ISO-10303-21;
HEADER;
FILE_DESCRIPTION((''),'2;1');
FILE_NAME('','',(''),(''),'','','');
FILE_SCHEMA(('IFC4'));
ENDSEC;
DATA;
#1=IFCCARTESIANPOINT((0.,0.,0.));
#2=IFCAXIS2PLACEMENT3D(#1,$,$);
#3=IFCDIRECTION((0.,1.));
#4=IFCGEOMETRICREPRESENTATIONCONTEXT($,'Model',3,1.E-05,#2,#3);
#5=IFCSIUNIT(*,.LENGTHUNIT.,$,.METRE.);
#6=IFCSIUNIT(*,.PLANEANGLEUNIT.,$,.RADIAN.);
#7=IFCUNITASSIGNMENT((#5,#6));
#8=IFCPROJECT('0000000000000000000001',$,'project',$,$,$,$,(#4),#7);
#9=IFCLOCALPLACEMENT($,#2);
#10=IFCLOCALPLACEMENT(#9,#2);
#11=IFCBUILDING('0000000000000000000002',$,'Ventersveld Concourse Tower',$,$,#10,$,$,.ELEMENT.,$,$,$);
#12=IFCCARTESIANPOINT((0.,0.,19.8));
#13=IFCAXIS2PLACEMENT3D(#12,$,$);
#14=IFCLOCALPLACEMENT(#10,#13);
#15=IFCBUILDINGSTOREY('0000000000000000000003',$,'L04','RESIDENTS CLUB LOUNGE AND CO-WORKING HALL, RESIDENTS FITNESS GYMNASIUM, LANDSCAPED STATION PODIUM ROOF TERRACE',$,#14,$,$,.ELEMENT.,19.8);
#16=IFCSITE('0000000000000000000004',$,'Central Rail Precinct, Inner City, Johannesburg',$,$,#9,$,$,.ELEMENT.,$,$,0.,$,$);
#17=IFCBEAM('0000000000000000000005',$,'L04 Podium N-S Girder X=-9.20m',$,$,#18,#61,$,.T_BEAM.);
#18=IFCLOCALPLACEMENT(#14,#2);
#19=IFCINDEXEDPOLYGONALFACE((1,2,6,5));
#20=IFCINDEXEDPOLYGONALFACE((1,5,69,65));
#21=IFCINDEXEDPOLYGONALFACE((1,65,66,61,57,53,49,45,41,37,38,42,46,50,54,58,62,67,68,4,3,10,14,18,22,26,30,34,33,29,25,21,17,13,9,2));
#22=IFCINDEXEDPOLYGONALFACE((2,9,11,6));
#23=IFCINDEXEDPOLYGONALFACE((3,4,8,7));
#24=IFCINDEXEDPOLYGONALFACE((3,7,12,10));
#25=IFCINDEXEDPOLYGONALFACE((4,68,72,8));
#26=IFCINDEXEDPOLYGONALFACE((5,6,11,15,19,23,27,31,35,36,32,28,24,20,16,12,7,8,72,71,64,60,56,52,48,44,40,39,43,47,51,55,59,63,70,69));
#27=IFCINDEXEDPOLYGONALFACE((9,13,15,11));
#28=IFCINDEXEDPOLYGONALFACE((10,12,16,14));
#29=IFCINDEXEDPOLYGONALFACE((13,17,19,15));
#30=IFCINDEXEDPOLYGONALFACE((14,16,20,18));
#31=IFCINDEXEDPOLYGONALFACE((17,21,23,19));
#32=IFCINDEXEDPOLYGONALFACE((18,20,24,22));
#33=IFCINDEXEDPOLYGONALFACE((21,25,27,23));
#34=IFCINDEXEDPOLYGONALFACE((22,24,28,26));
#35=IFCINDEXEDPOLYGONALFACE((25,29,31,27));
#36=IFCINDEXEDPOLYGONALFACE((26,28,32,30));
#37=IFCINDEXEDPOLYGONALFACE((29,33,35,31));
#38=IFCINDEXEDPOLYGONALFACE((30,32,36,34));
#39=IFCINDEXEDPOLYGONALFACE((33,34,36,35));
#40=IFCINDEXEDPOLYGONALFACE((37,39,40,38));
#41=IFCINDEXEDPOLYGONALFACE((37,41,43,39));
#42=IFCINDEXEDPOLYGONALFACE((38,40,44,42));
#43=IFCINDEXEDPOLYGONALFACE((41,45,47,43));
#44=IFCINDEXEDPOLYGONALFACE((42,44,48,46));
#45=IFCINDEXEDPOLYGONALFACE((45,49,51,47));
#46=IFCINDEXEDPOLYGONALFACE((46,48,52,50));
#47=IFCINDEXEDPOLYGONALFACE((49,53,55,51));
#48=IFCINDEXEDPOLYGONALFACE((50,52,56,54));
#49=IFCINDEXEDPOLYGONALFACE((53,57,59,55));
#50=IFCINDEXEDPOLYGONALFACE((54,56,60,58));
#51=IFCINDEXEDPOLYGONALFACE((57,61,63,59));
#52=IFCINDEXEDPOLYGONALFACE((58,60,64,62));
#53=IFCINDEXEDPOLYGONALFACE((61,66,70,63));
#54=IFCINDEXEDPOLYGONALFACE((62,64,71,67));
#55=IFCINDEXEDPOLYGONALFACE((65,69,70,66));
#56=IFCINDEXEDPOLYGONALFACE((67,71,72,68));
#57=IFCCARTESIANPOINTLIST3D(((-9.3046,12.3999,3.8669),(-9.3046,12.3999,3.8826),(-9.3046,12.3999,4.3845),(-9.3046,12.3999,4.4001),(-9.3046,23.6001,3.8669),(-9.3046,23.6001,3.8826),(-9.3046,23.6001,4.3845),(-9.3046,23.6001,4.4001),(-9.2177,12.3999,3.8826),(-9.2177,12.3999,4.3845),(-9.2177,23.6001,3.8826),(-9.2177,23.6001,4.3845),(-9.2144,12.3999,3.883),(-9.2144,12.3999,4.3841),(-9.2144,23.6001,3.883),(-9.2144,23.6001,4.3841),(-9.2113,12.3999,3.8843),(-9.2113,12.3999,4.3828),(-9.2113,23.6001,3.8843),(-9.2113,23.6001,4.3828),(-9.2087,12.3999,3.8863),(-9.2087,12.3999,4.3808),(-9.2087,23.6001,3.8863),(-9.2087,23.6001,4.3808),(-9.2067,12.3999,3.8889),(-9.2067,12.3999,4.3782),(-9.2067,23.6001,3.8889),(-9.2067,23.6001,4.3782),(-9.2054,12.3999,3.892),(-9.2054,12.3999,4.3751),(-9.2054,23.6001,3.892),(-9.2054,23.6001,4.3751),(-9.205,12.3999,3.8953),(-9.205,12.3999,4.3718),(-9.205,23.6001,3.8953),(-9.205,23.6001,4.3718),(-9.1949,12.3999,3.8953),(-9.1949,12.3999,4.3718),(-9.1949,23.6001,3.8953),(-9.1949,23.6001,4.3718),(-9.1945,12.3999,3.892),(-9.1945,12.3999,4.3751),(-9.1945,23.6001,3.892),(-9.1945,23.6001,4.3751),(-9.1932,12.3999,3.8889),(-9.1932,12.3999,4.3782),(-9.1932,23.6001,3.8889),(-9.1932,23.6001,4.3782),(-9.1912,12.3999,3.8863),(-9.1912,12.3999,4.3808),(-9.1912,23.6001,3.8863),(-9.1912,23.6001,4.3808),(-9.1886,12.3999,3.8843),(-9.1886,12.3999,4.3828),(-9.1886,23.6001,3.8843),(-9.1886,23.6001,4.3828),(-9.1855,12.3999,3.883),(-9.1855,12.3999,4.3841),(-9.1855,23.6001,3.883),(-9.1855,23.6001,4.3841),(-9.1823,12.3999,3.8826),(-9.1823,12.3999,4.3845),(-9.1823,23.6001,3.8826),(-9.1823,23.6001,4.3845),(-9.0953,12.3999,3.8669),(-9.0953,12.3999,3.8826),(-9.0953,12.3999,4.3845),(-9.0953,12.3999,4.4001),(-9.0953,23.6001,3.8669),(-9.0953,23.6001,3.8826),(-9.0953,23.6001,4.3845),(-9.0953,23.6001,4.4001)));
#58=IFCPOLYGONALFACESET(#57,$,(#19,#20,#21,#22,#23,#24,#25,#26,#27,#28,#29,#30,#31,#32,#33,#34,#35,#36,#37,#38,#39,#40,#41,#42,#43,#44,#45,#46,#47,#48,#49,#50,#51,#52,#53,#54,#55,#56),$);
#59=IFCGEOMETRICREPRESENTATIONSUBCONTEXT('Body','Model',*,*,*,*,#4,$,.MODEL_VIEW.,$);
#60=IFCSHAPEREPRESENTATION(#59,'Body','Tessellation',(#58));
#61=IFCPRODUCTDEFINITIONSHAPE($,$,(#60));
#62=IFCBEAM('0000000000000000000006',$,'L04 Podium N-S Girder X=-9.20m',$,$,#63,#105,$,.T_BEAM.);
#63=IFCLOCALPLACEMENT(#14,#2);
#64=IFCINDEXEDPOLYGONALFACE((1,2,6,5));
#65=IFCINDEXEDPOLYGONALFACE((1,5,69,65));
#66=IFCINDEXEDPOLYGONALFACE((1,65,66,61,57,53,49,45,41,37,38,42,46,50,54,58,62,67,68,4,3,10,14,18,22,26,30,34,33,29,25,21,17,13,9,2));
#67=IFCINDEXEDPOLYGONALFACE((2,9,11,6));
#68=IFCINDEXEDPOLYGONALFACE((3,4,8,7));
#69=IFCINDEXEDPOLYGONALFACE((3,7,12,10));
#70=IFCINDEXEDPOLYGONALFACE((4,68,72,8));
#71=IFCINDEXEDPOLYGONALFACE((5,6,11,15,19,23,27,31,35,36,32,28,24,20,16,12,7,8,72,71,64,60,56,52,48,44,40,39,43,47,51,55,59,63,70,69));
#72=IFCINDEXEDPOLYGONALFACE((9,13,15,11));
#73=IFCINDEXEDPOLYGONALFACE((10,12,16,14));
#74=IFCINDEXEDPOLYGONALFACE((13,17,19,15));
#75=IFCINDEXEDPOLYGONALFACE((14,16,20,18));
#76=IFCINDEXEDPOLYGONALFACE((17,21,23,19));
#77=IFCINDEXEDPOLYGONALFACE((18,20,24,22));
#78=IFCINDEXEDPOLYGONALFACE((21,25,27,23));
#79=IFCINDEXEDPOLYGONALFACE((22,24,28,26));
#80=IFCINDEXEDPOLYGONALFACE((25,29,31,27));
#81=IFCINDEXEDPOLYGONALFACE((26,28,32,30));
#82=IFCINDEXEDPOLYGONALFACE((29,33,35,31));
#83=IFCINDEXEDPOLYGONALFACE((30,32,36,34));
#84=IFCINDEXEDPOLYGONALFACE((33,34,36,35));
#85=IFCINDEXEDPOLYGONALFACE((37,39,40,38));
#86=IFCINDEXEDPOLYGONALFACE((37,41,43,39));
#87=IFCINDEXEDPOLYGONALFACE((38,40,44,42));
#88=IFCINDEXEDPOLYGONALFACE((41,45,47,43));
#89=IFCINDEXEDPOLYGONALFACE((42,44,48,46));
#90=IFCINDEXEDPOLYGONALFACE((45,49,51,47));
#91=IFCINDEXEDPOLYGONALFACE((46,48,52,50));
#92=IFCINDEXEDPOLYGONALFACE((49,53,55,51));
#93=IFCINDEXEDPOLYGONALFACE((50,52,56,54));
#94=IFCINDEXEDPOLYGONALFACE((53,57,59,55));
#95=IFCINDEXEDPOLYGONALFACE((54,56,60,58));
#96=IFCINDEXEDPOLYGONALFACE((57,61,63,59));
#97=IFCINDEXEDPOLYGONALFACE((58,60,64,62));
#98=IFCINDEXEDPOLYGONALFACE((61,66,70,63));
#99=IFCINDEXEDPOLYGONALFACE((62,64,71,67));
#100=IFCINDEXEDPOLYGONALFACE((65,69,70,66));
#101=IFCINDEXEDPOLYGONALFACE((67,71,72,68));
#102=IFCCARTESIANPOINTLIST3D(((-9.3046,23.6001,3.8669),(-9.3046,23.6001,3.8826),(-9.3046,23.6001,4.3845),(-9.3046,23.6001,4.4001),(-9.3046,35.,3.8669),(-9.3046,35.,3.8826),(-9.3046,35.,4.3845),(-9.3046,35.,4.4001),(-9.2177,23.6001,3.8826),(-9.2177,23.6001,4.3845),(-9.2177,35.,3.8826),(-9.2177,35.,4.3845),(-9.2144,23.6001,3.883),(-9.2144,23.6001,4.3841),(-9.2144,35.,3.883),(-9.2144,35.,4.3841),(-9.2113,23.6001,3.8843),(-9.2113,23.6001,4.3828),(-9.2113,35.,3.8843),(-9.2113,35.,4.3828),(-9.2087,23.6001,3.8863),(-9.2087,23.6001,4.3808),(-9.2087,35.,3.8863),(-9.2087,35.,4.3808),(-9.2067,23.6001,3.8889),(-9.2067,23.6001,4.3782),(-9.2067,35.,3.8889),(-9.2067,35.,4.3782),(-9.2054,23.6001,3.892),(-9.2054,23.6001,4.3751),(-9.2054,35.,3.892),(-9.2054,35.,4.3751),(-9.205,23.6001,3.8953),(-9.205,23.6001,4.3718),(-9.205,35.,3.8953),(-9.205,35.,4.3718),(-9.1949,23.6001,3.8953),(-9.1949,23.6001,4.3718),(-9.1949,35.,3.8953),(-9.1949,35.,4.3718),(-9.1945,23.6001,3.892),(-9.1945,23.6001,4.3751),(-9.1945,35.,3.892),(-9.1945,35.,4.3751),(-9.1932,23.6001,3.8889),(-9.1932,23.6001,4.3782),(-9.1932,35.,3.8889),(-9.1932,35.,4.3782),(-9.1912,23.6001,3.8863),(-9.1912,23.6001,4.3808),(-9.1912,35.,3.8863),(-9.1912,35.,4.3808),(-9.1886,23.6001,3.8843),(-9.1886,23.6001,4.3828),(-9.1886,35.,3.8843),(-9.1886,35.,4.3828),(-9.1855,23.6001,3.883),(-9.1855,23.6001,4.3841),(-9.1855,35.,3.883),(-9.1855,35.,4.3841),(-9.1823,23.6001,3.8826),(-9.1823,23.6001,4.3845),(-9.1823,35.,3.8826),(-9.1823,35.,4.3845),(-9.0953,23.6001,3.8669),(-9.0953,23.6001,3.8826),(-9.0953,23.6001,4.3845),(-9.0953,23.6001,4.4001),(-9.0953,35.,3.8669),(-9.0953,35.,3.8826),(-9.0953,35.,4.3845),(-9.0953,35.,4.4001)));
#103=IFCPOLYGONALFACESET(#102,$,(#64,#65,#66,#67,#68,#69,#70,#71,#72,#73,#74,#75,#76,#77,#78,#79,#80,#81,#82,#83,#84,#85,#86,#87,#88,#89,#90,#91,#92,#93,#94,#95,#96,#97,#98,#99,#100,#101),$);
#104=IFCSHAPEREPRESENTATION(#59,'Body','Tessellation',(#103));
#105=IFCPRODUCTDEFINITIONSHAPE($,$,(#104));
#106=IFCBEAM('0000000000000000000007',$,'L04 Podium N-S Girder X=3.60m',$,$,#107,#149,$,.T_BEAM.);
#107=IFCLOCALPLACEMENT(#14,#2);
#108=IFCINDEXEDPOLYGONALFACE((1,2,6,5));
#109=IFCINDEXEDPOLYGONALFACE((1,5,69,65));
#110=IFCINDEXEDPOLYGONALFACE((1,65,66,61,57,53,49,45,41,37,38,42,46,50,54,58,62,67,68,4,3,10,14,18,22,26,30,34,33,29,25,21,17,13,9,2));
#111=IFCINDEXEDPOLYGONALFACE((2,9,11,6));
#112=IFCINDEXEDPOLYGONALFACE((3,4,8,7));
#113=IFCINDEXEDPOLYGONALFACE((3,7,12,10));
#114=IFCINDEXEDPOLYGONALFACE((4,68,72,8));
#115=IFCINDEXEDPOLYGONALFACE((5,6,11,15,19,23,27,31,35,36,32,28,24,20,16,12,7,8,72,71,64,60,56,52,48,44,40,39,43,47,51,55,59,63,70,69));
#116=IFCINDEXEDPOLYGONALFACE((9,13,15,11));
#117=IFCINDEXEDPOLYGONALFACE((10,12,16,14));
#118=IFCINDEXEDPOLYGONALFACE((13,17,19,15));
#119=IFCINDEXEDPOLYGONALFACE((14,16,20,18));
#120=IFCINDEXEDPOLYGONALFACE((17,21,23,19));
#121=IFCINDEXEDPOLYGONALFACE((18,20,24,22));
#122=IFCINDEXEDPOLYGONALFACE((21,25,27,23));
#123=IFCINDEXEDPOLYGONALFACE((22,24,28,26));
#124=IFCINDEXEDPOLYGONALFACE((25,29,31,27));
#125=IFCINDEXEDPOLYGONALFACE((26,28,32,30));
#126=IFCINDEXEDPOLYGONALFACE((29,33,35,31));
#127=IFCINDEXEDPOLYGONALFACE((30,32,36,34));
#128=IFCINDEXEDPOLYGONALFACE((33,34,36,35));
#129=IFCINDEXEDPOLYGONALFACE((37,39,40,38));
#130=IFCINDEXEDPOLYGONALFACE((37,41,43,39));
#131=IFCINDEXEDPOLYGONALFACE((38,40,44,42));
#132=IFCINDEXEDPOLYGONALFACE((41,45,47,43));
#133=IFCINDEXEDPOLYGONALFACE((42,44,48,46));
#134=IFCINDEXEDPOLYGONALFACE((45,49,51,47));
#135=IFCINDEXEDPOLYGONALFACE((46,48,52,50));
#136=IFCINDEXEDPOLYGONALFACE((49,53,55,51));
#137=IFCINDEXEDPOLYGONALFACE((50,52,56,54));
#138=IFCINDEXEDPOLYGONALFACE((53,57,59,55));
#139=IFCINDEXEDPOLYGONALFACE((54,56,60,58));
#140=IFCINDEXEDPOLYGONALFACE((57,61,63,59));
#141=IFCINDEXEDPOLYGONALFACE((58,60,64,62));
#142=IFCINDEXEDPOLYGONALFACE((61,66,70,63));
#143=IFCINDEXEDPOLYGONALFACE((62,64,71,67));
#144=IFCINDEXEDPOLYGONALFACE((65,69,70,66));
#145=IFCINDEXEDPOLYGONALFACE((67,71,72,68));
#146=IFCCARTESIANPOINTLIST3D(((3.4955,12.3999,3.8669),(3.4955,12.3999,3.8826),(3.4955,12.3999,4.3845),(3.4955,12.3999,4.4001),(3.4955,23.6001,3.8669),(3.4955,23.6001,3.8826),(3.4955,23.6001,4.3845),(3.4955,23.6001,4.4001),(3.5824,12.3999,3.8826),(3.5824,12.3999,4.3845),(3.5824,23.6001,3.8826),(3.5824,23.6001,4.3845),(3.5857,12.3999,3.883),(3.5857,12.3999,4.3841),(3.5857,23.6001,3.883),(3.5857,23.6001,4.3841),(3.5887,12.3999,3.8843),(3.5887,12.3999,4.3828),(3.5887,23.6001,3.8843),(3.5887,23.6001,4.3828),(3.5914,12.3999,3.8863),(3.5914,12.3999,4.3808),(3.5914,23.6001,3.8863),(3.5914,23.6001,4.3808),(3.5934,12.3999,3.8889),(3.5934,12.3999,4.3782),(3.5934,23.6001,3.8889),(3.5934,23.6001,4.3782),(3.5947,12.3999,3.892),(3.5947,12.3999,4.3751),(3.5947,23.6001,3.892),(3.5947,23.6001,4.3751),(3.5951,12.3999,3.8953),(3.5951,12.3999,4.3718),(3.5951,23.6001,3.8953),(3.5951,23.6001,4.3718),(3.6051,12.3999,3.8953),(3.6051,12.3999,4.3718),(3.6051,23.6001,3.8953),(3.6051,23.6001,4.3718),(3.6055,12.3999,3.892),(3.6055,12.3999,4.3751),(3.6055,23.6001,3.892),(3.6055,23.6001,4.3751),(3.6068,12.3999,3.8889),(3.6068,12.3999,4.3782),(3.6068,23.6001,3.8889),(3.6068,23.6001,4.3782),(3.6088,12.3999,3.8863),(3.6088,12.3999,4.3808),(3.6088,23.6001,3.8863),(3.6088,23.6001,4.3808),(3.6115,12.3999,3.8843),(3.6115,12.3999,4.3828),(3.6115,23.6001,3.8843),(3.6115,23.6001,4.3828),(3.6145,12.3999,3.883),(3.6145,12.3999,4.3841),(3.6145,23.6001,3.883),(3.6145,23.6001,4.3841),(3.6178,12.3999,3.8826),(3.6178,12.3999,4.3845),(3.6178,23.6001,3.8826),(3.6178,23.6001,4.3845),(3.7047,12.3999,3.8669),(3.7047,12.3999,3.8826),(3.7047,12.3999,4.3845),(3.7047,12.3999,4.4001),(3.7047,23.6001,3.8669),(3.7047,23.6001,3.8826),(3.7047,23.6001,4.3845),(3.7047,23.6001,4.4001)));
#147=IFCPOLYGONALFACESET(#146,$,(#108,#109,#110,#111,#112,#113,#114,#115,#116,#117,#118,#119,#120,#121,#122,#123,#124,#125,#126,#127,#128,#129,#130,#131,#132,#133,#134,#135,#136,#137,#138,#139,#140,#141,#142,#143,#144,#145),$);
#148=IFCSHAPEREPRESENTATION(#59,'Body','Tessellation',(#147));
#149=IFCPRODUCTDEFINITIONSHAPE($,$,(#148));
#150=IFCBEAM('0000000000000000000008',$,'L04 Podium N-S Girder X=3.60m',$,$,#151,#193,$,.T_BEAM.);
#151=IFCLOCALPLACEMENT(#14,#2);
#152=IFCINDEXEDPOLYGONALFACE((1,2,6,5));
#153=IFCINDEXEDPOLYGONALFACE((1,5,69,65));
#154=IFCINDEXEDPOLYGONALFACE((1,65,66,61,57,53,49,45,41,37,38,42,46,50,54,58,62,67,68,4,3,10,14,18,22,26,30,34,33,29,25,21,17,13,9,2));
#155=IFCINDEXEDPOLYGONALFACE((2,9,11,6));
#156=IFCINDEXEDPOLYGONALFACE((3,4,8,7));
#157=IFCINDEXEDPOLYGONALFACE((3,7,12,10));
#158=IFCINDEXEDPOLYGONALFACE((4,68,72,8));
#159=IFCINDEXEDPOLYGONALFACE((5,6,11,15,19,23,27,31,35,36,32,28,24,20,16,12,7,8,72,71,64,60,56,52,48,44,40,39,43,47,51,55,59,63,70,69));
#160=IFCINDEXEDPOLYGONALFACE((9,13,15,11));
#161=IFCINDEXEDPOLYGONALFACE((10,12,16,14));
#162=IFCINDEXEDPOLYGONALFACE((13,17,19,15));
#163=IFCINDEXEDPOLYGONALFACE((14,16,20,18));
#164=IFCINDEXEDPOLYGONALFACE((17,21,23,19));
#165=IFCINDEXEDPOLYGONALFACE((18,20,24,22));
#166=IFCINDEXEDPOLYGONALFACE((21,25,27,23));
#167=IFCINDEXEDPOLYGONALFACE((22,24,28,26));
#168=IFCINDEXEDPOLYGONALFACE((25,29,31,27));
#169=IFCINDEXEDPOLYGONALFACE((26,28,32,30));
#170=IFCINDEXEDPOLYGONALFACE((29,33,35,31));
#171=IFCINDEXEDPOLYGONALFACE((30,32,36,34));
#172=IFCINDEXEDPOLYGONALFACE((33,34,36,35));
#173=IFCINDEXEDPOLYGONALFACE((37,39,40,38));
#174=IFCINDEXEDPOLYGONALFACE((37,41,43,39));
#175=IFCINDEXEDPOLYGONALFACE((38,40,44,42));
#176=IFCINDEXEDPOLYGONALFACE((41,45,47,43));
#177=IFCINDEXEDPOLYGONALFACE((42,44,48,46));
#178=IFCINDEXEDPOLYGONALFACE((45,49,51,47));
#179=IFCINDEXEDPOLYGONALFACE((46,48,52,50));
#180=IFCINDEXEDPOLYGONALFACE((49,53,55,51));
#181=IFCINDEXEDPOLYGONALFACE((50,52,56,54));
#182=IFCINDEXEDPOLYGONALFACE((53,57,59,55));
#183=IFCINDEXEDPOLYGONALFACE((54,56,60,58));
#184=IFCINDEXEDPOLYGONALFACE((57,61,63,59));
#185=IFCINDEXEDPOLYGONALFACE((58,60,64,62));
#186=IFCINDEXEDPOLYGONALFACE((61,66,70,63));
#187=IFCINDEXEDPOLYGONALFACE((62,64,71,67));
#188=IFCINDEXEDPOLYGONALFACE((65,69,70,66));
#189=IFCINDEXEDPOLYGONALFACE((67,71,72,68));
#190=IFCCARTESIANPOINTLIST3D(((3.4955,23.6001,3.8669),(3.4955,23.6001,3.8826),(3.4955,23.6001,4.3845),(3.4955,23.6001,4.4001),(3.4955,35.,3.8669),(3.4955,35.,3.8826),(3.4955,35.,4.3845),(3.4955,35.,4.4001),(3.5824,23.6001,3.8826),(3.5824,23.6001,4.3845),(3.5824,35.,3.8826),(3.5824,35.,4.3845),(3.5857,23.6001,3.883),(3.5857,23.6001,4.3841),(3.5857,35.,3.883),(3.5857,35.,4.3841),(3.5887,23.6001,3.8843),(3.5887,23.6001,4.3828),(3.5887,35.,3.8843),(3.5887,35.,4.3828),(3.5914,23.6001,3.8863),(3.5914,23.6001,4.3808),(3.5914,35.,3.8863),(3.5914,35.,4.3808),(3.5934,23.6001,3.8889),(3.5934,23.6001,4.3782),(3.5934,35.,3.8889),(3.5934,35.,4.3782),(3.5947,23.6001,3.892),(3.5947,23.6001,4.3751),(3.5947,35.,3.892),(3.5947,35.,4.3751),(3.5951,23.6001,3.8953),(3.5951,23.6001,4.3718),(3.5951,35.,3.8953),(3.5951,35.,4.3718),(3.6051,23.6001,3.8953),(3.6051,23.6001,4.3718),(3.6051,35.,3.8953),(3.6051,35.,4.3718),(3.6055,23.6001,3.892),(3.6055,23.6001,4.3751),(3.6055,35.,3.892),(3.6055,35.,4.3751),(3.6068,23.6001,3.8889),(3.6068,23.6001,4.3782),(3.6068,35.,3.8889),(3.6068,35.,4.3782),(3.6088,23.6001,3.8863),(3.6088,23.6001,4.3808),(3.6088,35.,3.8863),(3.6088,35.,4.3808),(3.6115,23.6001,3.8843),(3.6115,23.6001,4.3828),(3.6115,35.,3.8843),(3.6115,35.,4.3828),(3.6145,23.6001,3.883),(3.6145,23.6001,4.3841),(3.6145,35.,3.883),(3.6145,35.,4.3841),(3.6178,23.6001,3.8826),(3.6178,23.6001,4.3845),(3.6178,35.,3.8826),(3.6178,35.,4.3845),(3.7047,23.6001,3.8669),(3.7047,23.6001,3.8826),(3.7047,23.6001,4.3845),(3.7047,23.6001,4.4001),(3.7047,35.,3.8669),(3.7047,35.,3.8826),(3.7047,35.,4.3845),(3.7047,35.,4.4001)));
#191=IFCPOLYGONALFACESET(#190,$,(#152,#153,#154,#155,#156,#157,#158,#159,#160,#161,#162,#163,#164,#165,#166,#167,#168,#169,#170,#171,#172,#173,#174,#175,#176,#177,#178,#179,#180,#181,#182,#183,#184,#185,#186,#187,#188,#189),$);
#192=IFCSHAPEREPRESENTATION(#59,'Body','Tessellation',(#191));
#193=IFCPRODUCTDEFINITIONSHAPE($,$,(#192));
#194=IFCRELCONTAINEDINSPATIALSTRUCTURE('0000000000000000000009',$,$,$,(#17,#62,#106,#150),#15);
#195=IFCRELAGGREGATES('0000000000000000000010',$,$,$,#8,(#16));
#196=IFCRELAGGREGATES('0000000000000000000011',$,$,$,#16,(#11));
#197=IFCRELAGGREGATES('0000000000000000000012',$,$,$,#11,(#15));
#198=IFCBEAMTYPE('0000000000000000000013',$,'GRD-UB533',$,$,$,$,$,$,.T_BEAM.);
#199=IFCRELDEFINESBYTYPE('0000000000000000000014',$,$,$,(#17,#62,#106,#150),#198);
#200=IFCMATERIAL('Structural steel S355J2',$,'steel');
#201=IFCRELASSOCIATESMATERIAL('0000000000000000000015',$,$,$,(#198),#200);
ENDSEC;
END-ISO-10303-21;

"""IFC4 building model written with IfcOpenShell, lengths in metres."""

from ifc_helpers import new_model, si_unit, direction, frame, origin, origin_2d, place, context, subcontext, project, spatial, i_section, extrude, material, material_profile, profile_set, type_object, element, save


model = new_model("IFC4")

# Units and contexts
model_context = context("Model", 3, precision=1e-05, world=origin(), true_north=direction((0.0, 1.0)))
body_context = subcontext(model_context, "Body", "Model", "MODEL_VIEW")
ifc_project = project(units=[si_unit("LENGTHUNIT", "METRE"), si_unit("PLANEANGLEUNIT", "RADIAN")], contexts=[model_context])

# Site, building, storey
site_placement = place(None, origin())
site = spatial("IfcSite", under=ifc_project, at=site_placement, Name="Central Rail Precinct, Inner City, Johannesburg", CompositionType="ELEMENT", RefElevation=0.0)
building_placement = place(site_placement, origin())
building = spatial("IfcBuilding", under=site, at=building_placement, Name="Ventersveld Concourse Tower", CompositionType="ELEMENT")
storey_placement = place(building_placement, frame((0.0, 0.0, 19.8)))
storey = spatial("IfcBuildingStorey", under=building, at=storey_placement, Name="L04", Description="RESIDENTS CLUB LOUNGE AND CO-WORKING HALL, RESIDENTS FITNESS GYMNASIUM, LANDSCAPED STATION PODIUM ROOF TERRACE", CompositionType="ELEMENT", Elevation=19.8)

# Beams
ifc_material_1 = material(Name="Structural steel S355J2", Category="steel")
ifc_material_profile_1 = material_profile(ifc_material_1, i_section(OverallWidth=0.2092, OverallDepth=0.5332, WebThickness=0.01, FlangeThickness=0.0156, FilletRadius=0.0127, at=origin_2d()), Name="UB 533x210x92")
ifc_profile_set_1 = profile_set([ifc_material_profile_1], Name="Structural steel S355J2")
beam_type_1 = type_object("IfcBeamType", Name="GRD-UB533", PredefinedType="T_BEAM", material=ifc_profile_set_1)
beam_1_placement = place(storey_placement, frame((-9.2, 12.3999, 4.1335), z_axis=(0.0, 1.0, 0.0), x_axis=(-1.0, 0.0, 0.0)))
element("IfcBeam", 1, at=beam_1_placement, inside=storey, type_object=beam_type_1, Name="L04 Podium N-S Girder X=-9.20m", PredefinedType="T_BEAM", context=body_context, shape_type="SweptSolid", body=[
    extrude(i_section(OverallWidth=0.2092, OverallDepth=0.5332, WebThickness=0.01, FlangeThickness=0.0156, FilletRadius=0.0127, at=origin_2d()), origin(), (0.0, 0.0, 1.0), 11.2002),
])
beam_2_placement = place(storey_placement, frame((-9.2, 23.6001, 4.1335), z_axis=(0.0, 1.0, 0.0), x_axis=(-1.0, 0.0, 0.0)))
element("IfcBeam", 2, at=beam_2_placement, inside=storey, type_object=beam_type_1, Name="L04 Podium N-S Girder X=-9.20m", PredefinedType="T_BEAM", context=body_context, shape_type="SweptSolid", body=[
    extrude(i_section(OverallWidth=0.2092, OverallDepth=0.5332, WebThickness=0.01, FlangeThickness=0.0156, FilletRadius=0.0127, at=origin_2d()), origin(), (0.0, 0.0, 1.0), 11.3999),
])
beam_3_placement = place(storey_placement, frame((3.6001, 12.3999, 4.1335), z_axis=(0.0, 1.0, 0.0), x_axis=(-1.0, 0.0, 0.0)))
element("IfcBeam", 3, at=beam_3_placement, inside=storey, type_object=beam_type_1, Name="L04 Podium N-S Girder X=3.60m", PredefinedType="T_BEAM", context=body_context, shape_type="SweptSolid", body=[
    extrude(i_section(OverallWidth=0.2092, OverallDepth=0.5332, WebThickness=0.01, FlangeThickness=0.0156, FilletRadius=0.0127, at=origin_2d()), origin(), (0.0, 0.0, 1.0), 11.2002),
])
beam_4_placement = place(storey_placement, frame((3.6001, 23.6001, 4.1335), z_axis=(0.0, 1.0, 0.0), x_axis=(-1.0, 0.0, 0.0)))
element("IfcBeam", 4, at=beam_4_placement, inside=storey, type_object=beam_type_1, Name="L04 Podium N-S Girder X=3.60m", PredefinedType="T_BEAM", context=body_context, shape_type="SweptSolid", body=[
    extrude(i_section(OverallWidth=0.2092, OverallDepth=0.5332, WebThickness=0.01, FlangeThickness=0.0156, FilletRadius=0.0127, at=origin_2d()), origin(), (0.0, 0.0, 1.0), 11.3999),
])

save(model, "model.ifc")
